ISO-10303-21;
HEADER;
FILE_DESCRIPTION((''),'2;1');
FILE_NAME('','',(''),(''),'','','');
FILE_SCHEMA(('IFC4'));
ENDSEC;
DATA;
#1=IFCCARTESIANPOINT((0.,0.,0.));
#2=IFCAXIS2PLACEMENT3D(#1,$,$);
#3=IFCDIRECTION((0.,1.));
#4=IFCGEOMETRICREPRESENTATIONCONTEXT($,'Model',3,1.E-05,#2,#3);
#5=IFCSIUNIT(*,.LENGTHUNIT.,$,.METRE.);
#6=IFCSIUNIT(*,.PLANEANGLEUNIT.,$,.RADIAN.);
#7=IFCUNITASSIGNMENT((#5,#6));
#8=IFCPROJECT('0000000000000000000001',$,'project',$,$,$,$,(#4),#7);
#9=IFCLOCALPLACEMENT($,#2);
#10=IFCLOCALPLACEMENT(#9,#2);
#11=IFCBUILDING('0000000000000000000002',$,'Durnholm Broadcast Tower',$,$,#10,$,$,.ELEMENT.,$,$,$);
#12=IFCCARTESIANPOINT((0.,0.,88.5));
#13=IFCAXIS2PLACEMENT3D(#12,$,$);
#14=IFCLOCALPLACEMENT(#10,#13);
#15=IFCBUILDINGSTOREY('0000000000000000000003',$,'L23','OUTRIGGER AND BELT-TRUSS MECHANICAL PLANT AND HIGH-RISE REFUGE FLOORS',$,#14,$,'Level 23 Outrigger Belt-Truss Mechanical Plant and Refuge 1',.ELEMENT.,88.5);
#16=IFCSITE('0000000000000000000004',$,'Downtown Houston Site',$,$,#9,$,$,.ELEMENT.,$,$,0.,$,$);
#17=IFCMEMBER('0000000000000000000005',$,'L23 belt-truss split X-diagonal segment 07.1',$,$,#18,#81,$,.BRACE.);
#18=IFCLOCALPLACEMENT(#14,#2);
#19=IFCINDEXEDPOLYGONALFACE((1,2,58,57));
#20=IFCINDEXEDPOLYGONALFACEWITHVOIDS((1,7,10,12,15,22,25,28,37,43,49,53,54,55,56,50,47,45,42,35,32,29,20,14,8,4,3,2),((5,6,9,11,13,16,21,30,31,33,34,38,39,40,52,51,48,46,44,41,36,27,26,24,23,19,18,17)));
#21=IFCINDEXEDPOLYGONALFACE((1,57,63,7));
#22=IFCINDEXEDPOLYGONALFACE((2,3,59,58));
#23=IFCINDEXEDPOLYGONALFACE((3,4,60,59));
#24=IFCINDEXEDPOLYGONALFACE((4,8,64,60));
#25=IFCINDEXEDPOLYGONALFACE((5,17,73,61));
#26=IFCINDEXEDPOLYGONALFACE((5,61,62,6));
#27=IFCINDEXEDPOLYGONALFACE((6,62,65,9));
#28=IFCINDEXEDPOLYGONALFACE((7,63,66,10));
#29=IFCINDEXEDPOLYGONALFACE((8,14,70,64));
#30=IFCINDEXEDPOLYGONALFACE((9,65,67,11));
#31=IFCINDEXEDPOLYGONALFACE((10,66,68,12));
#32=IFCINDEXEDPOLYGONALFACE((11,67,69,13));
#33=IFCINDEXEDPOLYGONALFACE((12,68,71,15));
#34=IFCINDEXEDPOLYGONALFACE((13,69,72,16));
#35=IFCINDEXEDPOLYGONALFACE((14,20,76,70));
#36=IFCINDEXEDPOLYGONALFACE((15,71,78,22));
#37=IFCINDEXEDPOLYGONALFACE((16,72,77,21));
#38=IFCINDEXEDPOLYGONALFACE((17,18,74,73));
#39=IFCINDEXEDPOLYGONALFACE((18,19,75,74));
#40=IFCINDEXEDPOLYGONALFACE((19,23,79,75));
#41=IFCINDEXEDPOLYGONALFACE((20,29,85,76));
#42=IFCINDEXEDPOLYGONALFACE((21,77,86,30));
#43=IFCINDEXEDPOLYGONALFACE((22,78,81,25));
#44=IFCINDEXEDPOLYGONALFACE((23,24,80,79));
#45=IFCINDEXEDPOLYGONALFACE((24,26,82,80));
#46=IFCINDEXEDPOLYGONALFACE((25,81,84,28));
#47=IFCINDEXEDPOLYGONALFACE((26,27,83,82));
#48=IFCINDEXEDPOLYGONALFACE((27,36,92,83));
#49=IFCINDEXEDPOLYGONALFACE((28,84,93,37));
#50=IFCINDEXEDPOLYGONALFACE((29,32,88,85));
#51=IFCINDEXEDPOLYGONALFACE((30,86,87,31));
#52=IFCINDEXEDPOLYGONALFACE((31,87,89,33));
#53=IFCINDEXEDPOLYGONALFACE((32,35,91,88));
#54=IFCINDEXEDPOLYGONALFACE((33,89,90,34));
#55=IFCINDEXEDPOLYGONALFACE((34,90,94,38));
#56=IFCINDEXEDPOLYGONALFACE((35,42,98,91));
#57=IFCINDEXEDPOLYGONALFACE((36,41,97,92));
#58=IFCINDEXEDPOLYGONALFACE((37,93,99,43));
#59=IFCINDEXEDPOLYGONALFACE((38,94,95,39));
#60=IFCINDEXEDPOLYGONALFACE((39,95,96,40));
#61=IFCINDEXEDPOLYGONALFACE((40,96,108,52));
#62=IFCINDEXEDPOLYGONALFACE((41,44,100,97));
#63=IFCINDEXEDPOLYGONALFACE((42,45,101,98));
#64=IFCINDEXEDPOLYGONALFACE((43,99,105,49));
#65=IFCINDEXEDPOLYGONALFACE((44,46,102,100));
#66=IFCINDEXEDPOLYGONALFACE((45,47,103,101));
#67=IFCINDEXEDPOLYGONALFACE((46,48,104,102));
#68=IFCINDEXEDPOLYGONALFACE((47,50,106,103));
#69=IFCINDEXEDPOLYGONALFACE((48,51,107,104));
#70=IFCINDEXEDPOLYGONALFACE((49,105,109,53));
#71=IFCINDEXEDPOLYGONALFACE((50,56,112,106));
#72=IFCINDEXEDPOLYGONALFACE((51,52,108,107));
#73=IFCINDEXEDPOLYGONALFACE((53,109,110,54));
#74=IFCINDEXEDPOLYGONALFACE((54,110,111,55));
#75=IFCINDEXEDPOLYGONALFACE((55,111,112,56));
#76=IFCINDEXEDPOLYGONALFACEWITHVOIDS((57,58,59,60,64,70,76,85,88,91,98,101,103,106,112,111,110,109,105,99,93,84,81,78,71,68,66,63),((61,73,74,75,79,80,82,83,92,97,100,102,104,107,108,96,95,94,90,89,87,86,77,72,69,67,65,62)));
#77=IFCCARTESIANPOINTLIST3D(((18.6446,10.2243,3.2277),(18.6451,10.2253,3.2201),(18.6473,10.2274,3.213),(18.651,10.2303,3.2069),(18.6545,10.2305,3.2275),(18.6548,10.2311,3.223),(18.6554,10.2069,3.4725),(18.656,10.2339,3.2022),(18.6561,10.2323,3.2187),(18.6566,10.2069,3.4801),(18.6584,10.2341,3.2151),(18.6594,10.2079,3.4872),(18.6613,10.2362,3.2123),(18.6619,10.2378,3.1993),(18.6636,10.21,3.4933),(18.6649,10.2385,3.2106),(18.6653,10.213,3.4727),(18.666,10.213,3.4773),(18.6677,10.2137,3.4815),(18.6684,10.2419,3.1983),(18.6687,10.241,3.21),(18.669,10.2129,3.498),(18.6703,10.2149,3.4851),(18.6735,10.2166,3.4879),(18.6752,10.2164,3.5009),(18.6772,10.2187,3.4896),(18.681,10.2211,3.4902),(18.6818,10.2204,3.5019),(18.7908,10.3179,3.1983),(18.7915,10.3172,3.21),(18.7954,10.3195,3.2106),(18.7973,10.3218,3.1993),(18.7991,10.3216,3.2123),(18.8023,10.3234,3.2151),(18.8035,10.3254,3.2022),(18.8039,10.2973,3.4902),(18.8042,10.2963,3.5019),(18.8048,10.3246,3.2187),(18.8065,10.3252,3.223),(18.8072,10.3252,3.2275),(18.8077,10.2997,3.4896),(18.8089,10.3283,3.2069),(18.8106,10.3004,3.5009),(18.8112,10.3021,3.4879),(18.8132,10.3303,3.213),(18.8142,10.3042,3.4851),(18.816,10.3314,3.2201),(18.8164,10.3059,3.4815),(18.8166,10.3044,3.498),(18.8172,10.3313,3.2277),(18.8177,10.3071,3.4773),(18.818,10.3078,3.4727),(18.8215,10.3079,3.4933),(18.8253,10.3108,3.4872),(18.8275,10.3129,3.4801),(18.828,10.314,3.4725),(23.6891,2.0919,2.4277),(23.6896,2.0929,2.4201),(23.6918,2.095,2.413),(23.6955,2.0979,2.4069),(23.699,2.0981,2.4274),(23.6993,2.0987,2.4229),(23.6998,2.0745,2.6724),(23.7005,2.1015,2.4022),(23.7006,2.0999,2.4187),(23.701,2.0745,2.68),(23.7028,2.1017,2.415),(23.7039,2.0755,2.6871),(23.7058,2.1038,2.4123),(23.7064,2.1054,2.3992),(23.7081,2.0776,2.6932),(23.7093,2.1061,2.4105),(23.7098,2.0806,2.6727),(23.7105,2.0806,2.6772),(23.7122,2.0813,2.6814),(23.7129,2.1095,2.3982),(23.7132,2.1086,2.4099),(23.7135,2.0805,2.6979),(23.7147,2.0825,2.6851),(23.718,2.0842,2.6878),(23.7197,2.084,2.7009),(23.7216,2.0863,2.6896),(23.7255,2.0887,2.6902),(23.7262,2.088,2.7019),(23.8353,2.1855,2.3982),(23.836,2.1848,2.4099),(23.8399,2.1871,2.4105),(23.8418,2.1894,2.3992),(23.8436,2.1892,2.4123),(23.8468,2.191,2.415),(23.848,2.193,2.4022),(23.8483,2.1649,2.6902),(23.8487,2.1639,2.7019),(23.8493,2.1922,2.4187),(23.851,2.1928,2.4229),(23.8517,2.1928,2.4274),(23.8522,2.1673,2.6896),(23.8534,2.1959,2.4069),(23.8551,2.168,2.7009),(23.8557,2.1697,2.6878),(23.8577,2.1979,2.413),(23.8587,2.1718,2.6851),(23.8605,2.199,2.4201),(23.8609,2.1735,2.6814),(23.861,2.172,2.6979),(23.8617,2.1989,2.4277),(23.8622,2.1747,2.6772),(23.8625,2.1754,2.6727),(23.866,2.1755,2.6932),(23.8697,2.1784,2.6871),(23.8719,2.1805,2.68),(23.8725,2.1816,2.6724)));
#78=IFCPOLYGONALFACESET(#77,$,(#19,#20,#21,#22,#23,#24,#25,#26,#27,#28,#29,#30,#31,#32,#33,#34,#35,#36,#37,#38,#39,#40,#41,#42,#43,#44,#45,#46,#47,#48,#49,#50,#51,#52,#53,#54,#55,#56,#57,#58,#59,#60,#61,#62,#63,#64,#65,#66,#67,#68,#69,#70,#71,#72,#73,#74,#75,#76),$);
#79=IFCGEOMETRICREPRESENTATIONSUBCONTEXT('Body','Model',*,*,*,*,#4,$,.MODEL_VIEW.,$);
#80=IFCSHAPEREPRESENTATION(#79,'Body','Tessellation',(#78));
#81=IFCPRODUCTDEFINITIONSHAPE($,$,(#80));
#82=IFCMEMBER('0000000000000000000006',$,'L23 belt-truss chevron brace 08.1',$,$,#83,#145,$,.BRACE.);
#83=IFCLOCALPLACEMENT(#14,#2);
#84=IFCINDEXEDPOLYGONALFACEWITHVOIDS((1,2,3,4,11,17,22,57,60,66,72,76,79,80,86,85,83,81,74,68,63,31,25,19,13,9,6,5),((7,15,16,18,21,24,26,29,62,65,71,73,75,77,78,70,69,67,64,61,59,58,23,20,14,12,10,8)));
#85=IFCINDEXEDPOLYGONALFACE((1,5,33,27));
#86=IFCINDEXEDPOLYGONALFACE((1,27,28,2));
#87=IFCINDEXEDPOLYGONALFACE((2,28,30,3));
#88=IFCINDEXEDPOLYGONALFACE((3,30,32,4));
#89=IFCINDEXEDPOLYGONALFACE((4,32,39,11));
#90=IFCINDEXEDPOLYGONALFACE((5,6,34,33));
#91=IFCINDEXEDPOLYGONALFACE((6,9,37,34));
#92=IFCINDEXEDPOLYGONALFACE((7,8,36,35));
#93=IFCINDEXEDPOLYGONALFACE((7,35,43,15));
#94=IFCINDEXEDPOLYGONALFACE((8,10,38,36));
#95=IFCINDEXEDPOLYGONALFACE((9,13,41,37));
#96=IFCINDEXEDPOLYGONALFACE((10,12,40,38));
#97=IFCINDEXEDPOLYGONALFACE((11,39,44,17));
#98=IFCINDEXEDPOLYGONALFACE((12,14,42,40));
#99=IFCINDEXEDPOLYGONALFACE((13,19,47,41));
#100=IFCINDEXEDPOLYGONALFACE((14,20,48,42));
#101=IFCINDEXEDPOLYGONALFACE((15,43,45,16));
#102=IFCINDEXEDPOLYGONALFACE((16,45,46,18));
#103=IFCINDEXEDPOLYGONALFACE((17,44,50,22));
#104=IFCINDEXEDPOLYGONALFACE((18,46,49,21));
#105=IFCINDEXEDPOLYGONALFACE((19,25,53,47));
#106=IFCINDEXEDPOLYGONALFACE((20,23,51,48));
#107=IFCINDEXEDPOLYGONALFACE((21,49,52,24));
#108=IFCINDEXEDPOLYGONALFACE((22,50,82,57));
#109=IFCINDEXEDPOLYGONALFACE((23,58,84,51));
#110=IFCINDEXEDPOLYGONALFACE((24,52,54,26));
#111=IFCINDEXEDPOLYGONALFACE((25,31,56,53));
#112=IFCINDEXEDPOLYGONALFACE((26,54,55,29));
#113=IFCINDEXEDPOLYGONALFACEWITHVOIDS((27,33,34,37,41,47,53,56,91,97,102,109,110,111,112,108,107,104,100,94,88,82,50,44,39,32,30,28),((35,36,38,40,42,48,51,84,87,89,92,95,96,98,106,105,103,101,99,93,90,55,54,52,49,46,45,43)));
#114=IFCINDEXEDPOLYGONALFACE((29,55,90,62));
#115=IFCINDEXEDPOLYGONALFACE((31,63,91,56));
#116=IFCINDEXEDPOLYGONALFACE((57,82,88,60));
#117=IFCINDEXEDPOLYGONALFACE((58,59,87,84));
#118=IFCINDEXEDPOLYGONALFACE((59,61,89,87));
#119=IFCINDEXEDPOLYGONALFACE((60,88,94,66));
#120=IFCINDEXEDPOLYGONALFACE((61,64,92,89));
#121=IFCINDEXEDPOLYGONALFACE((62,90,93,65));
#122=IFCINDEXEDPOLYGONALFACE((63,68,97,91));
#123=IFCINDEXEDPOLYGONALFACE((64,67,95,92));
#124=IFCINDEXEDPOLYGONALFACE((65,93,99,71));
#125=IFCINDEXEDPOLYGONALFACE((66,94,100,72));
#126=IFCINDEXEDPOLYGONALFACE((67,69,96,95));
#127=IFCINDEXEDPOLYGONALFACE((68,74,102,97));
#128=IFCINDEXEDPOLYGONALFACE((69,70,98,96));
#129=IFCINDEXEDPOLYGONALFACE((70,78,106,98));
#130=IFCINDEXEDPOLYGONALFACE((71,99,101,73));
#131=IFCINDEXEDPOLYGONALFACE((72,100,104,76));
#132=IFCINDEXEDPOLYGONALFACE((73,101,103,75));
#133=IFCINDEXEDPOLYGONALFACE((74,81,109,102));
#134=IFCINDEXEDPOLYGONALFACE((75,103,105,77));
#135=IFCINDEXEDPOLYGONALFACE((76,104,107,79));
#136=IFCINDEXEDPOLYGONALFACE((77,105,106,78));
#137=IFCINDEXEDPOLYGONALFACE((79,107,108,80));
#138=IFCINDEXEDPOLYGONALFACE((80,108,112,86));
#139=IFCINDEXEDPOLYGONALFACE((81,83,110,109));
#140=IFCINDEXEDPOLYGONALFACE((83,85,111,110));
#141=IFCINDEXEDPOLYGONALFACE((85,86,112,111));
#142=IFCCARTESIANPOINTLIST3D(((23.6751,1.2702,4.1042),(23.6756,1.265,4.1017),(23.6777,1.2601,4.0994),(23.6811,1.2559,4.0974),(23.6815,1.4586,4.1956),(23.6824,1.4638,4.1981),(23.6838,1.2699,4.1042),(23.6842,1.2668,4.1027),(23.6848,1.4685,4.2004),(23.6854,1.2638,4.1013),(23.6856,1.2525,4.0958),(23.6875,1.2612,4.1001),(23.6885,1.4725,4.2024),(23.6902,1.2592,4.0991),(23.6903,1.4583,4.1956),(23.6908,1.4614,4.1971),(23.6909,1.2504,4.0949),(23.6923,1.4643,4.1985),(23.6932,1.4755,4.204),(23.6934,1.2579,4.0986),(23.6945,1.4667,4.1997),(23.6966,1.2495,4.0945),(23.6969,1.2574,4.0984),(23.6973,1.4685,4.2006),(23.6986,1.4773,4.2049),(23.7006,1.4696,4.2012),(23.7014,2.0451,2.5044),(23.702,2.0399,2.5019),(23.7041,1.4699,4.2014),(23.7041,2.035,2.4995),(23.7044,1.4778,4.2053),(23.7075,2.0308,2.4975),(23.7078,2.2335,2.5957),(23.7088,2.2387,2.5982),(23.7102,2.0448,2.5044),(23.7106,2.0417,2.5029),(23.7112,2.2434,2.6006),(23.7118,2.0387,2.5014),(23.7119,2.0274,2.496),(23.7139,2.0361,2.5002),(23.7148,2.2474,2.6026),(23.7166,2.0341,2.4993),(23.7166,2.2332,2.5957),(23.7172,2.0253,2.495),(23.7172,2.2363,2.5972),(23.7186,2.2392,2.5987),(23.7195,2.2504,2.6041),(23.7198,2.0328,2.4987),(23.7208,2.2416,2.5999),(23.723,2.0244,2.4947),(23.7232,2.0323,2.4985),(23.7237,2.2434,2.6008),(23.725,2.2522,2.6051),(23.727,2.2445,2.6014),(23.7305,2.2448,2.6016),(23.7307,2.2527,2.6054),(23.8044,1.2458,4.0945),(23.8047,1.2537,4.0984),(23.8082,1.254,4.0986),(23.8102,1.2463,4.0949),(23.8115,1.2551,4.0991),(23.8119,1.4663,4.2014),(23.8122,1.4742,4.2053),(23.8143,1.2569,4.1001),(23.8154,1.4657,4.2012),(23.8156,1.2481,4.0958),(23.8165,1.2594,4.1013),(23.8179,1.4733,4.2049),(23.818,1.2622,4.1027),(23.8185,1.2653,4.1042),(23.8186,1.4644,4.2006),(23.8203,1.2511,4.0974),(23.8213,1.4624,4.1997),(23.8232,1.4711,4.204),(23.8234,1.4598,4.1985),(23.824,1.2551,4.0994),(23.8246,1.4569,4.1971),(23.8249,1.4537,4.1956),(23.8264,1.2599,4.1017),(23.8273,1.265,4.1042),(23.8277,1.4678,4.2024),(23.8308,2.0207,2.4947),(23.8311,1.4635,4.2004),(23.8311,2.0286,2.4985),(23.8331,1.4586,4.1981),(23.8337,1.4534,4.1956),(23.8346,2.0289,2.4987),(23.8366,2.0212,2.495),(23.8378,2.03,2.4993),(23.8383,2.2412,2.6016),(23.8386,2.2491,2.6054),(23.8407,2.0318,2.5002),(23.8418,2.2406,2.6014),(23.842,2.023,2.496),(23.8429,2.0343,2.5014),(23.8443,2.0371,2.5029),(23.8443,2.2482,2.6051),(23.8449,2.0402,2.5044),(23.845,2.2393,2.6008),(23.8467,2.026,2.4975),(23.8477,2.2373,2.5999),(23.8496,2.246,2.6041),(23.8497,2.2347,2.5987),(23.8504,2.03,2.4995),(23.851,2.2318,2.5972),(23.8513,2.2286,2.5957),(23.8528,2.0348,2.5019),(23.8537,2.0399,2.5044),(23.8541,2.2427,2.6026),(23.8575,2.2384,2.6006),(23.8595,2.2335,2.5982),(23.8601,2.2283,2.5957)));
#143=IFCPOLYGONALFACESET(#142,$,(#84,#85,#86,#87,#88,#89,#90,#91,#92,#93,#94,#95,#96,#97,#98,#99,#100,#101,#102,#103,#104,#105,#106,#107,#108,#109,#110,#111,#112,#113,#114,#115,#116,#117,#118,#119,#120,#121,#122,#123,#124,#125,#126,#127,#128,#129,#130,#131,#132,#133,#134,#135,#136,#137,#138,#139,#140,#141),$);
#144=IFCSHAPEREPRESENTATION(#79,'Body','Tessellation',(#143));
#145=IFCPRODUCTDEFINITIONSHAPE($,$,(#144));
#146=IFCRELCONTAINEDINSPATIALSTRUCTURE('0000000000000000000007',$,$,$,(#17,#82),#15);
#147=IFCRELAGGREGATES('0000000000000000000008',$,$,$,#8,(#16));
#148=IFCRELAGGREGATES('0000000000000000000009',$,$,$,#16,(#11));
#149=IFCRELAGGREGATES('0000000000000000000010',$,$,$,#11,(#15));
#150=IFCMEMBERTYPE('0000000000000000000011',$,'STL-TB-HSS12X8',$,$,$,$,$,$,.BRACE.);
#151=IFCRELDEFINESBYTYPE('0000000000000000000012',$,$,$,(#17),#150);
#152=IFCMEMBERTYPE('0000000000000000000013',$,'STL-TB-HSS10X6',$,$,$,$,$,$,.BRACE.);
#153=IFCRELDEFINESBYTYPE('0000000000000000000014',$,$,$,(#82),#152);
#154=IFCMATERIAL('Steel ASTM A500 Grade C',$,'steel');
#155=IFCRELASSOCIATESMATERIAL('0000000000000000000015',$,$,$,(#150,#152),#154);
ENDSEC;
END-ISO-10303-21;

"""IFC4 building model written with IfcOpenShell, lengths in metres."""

from ifc_helpers import new_model, si_unit, direction, frame, origin, origin_2d, place, context, subcontext, project, spatial, hollow_rectangle, extrude, source, transform, mapped, material, material_profile, profile_set, type_object, type_shapes, element, save


model = new_model("IFC4")

# Units and contexts
model_context = context("Model", 3, precision=1e-05, world=origin(), true_north=direction((0.0, 1.0)))
body_context = subcontext(model_context, "Body", "Model", "MODEL_VIEW")
ifc_project = project(units=[si_unit("LENGTHUNIT", "METRE"), si_unit("PLANEANGLEUNIT", "RADIAN")], contexts=[model_context])

# Site, building, storey
site_placement = place(None, origin())
site = spatial("IfcSite", under=ifc_project, at=site_placement, Name="Downtown Houston Site", CompositionType="ELEMENT", RefElevation=0.0)
building_placement = place(site_placement, origin())
building = spatial("IfcBuilding", under=site, at=building_placement, Name="Durnholm Broadcast Tower", CompositionType="ELEMENT")
storey_placement = place(building_placement, frame((0.0, 0.0, 88.5)))
storey = spatial("IfcBuildingStorey", under=building, at=storey_placement, Name="L23", Description="OUTRIGGER AND BELT-TRUSS MECHANICAL PLANT AND HIGH-RISE REFUGE FLOORS", LongName="Level 23 Outrigger Belt-Truss Mechanical Plant and Refuge 1", CompositionType="ELEMENT", Elevation=88.5)

# Members
ifc_material_1 = material(Name="Steel ASTM A500 Grade C", Category="steel")
ifc_material_profile_1 = material_profile(ifc_material_1, hollow_rectangle(XDim=0.2031, YDim=0.3047, WallThickness=0.0117, InnerFilletRadius=0.0176, OuterFilletRadius=0.0295, at=origin_2d()), Name="HSS12X8X1/2")
ifc_profile_set_1 = profile_set([ifc_material_profile_1], Name="Steel ASTM A500 Grade C")
member_type_1 = type_object("IfcMemberType", Name="STL-TB-HSS12X8", PredefinedType="BRACE", material=ifc_profile_set_1)
shared_shape_1 = source(origin(), body_context, "Body", "SweptSolid", [
    extrude(hollow_rectangle(XDim=0.2031, YDim=0.3047, WallThickness=0.0117, InnerFilletRadius=0.0176, OuterFilletRadius=0.0295, at=origin_2d()), origin(), (0.0, 0.0, 1.0), 9.6033),
])
type_shapes(member_type_1, [shared_shape_1])
member_1_placement = place(storey_placement, frame((23.7808, 2.1367, 2.55), z_axis=(-0.525288, 0.846837, 0.083311), x_axis=(-0.849791, -0.52712, 0.0)))
element("IfcMember", 1, at=member_1_placement, inside=storey, type_object=member_type_1, Name="L23 belt-truss split X-diagonal segment 07.1", PredefinedType="BRACE", context=body_context, shape_type="MappedRepresentation", body=[
    mapped(shared_shape_1, transform((0.0, 0.0, 0.0), x_axis=(1.0, 0.0, 0.0), y_axis=(0.0, 1.0, 0.0), z_axis=(0.0, 0.0, 1.0), scale=1.0)),
])
ifc_material_profile_2 = material_profile(ifc_material_1, hollow_rectangle(XDim=0.1523, YDim=0.2539, WallThickness=0.0088, InnerFilletRadius=0.0134, OuterFilletRadius=0.0222, at=origin_2d()), Name="HSS10X6X3/8")
ifc_profile_set_2 = profile_set([ifc_material_profile_2], Name="Steel ASTM A500 Grade C")
member_type_2 = type_object("IfcMemberType", Name="STL-TB-HSS10X6", PredefinedType="BRACE", material=ifc_profile_set_2)
shared_shape_2 = source(origin(), body_context, "Body", "SweptSolid", [
    extrude(hollow_rectangle(XDim=0.1523, YDim=0.2539, WallThickness=0.0088, InnerFilletRadius=0.0134, OuterFilletRadius=0.0222, at=origin_2d()), origin(), (0.0, 0.0, 1.0), 1.7778),
])
type_shapes(member_type_2, [shared_shape_2])
member_2_placement = place(storey_placement, frame((23.7808, 2.1367, 2.55), z_axis=(-0.014831, -0.435868, 0.899888), x_axis=(0.999422, -0.034007, 0.0)))
element("IfcMember", 2, at=member_2_placement, inside=storey, type_object=member_type_2, Name="L23 belt-truss chevron brace 08.1", PredefinedType="BRACE", context=body_context, shape_type="MappedRepresentation", body=[
    mapped(shared_shape_2, transform((0.0, 0.0, 0.0), x_axis=(1.0, 0.0, 0.0), y_axis=(0.0, 1.0, 0.0), z_axis=(0.0, 0.0, 1.0), scale=1.0)),
])

save(model, "model.ifc")
